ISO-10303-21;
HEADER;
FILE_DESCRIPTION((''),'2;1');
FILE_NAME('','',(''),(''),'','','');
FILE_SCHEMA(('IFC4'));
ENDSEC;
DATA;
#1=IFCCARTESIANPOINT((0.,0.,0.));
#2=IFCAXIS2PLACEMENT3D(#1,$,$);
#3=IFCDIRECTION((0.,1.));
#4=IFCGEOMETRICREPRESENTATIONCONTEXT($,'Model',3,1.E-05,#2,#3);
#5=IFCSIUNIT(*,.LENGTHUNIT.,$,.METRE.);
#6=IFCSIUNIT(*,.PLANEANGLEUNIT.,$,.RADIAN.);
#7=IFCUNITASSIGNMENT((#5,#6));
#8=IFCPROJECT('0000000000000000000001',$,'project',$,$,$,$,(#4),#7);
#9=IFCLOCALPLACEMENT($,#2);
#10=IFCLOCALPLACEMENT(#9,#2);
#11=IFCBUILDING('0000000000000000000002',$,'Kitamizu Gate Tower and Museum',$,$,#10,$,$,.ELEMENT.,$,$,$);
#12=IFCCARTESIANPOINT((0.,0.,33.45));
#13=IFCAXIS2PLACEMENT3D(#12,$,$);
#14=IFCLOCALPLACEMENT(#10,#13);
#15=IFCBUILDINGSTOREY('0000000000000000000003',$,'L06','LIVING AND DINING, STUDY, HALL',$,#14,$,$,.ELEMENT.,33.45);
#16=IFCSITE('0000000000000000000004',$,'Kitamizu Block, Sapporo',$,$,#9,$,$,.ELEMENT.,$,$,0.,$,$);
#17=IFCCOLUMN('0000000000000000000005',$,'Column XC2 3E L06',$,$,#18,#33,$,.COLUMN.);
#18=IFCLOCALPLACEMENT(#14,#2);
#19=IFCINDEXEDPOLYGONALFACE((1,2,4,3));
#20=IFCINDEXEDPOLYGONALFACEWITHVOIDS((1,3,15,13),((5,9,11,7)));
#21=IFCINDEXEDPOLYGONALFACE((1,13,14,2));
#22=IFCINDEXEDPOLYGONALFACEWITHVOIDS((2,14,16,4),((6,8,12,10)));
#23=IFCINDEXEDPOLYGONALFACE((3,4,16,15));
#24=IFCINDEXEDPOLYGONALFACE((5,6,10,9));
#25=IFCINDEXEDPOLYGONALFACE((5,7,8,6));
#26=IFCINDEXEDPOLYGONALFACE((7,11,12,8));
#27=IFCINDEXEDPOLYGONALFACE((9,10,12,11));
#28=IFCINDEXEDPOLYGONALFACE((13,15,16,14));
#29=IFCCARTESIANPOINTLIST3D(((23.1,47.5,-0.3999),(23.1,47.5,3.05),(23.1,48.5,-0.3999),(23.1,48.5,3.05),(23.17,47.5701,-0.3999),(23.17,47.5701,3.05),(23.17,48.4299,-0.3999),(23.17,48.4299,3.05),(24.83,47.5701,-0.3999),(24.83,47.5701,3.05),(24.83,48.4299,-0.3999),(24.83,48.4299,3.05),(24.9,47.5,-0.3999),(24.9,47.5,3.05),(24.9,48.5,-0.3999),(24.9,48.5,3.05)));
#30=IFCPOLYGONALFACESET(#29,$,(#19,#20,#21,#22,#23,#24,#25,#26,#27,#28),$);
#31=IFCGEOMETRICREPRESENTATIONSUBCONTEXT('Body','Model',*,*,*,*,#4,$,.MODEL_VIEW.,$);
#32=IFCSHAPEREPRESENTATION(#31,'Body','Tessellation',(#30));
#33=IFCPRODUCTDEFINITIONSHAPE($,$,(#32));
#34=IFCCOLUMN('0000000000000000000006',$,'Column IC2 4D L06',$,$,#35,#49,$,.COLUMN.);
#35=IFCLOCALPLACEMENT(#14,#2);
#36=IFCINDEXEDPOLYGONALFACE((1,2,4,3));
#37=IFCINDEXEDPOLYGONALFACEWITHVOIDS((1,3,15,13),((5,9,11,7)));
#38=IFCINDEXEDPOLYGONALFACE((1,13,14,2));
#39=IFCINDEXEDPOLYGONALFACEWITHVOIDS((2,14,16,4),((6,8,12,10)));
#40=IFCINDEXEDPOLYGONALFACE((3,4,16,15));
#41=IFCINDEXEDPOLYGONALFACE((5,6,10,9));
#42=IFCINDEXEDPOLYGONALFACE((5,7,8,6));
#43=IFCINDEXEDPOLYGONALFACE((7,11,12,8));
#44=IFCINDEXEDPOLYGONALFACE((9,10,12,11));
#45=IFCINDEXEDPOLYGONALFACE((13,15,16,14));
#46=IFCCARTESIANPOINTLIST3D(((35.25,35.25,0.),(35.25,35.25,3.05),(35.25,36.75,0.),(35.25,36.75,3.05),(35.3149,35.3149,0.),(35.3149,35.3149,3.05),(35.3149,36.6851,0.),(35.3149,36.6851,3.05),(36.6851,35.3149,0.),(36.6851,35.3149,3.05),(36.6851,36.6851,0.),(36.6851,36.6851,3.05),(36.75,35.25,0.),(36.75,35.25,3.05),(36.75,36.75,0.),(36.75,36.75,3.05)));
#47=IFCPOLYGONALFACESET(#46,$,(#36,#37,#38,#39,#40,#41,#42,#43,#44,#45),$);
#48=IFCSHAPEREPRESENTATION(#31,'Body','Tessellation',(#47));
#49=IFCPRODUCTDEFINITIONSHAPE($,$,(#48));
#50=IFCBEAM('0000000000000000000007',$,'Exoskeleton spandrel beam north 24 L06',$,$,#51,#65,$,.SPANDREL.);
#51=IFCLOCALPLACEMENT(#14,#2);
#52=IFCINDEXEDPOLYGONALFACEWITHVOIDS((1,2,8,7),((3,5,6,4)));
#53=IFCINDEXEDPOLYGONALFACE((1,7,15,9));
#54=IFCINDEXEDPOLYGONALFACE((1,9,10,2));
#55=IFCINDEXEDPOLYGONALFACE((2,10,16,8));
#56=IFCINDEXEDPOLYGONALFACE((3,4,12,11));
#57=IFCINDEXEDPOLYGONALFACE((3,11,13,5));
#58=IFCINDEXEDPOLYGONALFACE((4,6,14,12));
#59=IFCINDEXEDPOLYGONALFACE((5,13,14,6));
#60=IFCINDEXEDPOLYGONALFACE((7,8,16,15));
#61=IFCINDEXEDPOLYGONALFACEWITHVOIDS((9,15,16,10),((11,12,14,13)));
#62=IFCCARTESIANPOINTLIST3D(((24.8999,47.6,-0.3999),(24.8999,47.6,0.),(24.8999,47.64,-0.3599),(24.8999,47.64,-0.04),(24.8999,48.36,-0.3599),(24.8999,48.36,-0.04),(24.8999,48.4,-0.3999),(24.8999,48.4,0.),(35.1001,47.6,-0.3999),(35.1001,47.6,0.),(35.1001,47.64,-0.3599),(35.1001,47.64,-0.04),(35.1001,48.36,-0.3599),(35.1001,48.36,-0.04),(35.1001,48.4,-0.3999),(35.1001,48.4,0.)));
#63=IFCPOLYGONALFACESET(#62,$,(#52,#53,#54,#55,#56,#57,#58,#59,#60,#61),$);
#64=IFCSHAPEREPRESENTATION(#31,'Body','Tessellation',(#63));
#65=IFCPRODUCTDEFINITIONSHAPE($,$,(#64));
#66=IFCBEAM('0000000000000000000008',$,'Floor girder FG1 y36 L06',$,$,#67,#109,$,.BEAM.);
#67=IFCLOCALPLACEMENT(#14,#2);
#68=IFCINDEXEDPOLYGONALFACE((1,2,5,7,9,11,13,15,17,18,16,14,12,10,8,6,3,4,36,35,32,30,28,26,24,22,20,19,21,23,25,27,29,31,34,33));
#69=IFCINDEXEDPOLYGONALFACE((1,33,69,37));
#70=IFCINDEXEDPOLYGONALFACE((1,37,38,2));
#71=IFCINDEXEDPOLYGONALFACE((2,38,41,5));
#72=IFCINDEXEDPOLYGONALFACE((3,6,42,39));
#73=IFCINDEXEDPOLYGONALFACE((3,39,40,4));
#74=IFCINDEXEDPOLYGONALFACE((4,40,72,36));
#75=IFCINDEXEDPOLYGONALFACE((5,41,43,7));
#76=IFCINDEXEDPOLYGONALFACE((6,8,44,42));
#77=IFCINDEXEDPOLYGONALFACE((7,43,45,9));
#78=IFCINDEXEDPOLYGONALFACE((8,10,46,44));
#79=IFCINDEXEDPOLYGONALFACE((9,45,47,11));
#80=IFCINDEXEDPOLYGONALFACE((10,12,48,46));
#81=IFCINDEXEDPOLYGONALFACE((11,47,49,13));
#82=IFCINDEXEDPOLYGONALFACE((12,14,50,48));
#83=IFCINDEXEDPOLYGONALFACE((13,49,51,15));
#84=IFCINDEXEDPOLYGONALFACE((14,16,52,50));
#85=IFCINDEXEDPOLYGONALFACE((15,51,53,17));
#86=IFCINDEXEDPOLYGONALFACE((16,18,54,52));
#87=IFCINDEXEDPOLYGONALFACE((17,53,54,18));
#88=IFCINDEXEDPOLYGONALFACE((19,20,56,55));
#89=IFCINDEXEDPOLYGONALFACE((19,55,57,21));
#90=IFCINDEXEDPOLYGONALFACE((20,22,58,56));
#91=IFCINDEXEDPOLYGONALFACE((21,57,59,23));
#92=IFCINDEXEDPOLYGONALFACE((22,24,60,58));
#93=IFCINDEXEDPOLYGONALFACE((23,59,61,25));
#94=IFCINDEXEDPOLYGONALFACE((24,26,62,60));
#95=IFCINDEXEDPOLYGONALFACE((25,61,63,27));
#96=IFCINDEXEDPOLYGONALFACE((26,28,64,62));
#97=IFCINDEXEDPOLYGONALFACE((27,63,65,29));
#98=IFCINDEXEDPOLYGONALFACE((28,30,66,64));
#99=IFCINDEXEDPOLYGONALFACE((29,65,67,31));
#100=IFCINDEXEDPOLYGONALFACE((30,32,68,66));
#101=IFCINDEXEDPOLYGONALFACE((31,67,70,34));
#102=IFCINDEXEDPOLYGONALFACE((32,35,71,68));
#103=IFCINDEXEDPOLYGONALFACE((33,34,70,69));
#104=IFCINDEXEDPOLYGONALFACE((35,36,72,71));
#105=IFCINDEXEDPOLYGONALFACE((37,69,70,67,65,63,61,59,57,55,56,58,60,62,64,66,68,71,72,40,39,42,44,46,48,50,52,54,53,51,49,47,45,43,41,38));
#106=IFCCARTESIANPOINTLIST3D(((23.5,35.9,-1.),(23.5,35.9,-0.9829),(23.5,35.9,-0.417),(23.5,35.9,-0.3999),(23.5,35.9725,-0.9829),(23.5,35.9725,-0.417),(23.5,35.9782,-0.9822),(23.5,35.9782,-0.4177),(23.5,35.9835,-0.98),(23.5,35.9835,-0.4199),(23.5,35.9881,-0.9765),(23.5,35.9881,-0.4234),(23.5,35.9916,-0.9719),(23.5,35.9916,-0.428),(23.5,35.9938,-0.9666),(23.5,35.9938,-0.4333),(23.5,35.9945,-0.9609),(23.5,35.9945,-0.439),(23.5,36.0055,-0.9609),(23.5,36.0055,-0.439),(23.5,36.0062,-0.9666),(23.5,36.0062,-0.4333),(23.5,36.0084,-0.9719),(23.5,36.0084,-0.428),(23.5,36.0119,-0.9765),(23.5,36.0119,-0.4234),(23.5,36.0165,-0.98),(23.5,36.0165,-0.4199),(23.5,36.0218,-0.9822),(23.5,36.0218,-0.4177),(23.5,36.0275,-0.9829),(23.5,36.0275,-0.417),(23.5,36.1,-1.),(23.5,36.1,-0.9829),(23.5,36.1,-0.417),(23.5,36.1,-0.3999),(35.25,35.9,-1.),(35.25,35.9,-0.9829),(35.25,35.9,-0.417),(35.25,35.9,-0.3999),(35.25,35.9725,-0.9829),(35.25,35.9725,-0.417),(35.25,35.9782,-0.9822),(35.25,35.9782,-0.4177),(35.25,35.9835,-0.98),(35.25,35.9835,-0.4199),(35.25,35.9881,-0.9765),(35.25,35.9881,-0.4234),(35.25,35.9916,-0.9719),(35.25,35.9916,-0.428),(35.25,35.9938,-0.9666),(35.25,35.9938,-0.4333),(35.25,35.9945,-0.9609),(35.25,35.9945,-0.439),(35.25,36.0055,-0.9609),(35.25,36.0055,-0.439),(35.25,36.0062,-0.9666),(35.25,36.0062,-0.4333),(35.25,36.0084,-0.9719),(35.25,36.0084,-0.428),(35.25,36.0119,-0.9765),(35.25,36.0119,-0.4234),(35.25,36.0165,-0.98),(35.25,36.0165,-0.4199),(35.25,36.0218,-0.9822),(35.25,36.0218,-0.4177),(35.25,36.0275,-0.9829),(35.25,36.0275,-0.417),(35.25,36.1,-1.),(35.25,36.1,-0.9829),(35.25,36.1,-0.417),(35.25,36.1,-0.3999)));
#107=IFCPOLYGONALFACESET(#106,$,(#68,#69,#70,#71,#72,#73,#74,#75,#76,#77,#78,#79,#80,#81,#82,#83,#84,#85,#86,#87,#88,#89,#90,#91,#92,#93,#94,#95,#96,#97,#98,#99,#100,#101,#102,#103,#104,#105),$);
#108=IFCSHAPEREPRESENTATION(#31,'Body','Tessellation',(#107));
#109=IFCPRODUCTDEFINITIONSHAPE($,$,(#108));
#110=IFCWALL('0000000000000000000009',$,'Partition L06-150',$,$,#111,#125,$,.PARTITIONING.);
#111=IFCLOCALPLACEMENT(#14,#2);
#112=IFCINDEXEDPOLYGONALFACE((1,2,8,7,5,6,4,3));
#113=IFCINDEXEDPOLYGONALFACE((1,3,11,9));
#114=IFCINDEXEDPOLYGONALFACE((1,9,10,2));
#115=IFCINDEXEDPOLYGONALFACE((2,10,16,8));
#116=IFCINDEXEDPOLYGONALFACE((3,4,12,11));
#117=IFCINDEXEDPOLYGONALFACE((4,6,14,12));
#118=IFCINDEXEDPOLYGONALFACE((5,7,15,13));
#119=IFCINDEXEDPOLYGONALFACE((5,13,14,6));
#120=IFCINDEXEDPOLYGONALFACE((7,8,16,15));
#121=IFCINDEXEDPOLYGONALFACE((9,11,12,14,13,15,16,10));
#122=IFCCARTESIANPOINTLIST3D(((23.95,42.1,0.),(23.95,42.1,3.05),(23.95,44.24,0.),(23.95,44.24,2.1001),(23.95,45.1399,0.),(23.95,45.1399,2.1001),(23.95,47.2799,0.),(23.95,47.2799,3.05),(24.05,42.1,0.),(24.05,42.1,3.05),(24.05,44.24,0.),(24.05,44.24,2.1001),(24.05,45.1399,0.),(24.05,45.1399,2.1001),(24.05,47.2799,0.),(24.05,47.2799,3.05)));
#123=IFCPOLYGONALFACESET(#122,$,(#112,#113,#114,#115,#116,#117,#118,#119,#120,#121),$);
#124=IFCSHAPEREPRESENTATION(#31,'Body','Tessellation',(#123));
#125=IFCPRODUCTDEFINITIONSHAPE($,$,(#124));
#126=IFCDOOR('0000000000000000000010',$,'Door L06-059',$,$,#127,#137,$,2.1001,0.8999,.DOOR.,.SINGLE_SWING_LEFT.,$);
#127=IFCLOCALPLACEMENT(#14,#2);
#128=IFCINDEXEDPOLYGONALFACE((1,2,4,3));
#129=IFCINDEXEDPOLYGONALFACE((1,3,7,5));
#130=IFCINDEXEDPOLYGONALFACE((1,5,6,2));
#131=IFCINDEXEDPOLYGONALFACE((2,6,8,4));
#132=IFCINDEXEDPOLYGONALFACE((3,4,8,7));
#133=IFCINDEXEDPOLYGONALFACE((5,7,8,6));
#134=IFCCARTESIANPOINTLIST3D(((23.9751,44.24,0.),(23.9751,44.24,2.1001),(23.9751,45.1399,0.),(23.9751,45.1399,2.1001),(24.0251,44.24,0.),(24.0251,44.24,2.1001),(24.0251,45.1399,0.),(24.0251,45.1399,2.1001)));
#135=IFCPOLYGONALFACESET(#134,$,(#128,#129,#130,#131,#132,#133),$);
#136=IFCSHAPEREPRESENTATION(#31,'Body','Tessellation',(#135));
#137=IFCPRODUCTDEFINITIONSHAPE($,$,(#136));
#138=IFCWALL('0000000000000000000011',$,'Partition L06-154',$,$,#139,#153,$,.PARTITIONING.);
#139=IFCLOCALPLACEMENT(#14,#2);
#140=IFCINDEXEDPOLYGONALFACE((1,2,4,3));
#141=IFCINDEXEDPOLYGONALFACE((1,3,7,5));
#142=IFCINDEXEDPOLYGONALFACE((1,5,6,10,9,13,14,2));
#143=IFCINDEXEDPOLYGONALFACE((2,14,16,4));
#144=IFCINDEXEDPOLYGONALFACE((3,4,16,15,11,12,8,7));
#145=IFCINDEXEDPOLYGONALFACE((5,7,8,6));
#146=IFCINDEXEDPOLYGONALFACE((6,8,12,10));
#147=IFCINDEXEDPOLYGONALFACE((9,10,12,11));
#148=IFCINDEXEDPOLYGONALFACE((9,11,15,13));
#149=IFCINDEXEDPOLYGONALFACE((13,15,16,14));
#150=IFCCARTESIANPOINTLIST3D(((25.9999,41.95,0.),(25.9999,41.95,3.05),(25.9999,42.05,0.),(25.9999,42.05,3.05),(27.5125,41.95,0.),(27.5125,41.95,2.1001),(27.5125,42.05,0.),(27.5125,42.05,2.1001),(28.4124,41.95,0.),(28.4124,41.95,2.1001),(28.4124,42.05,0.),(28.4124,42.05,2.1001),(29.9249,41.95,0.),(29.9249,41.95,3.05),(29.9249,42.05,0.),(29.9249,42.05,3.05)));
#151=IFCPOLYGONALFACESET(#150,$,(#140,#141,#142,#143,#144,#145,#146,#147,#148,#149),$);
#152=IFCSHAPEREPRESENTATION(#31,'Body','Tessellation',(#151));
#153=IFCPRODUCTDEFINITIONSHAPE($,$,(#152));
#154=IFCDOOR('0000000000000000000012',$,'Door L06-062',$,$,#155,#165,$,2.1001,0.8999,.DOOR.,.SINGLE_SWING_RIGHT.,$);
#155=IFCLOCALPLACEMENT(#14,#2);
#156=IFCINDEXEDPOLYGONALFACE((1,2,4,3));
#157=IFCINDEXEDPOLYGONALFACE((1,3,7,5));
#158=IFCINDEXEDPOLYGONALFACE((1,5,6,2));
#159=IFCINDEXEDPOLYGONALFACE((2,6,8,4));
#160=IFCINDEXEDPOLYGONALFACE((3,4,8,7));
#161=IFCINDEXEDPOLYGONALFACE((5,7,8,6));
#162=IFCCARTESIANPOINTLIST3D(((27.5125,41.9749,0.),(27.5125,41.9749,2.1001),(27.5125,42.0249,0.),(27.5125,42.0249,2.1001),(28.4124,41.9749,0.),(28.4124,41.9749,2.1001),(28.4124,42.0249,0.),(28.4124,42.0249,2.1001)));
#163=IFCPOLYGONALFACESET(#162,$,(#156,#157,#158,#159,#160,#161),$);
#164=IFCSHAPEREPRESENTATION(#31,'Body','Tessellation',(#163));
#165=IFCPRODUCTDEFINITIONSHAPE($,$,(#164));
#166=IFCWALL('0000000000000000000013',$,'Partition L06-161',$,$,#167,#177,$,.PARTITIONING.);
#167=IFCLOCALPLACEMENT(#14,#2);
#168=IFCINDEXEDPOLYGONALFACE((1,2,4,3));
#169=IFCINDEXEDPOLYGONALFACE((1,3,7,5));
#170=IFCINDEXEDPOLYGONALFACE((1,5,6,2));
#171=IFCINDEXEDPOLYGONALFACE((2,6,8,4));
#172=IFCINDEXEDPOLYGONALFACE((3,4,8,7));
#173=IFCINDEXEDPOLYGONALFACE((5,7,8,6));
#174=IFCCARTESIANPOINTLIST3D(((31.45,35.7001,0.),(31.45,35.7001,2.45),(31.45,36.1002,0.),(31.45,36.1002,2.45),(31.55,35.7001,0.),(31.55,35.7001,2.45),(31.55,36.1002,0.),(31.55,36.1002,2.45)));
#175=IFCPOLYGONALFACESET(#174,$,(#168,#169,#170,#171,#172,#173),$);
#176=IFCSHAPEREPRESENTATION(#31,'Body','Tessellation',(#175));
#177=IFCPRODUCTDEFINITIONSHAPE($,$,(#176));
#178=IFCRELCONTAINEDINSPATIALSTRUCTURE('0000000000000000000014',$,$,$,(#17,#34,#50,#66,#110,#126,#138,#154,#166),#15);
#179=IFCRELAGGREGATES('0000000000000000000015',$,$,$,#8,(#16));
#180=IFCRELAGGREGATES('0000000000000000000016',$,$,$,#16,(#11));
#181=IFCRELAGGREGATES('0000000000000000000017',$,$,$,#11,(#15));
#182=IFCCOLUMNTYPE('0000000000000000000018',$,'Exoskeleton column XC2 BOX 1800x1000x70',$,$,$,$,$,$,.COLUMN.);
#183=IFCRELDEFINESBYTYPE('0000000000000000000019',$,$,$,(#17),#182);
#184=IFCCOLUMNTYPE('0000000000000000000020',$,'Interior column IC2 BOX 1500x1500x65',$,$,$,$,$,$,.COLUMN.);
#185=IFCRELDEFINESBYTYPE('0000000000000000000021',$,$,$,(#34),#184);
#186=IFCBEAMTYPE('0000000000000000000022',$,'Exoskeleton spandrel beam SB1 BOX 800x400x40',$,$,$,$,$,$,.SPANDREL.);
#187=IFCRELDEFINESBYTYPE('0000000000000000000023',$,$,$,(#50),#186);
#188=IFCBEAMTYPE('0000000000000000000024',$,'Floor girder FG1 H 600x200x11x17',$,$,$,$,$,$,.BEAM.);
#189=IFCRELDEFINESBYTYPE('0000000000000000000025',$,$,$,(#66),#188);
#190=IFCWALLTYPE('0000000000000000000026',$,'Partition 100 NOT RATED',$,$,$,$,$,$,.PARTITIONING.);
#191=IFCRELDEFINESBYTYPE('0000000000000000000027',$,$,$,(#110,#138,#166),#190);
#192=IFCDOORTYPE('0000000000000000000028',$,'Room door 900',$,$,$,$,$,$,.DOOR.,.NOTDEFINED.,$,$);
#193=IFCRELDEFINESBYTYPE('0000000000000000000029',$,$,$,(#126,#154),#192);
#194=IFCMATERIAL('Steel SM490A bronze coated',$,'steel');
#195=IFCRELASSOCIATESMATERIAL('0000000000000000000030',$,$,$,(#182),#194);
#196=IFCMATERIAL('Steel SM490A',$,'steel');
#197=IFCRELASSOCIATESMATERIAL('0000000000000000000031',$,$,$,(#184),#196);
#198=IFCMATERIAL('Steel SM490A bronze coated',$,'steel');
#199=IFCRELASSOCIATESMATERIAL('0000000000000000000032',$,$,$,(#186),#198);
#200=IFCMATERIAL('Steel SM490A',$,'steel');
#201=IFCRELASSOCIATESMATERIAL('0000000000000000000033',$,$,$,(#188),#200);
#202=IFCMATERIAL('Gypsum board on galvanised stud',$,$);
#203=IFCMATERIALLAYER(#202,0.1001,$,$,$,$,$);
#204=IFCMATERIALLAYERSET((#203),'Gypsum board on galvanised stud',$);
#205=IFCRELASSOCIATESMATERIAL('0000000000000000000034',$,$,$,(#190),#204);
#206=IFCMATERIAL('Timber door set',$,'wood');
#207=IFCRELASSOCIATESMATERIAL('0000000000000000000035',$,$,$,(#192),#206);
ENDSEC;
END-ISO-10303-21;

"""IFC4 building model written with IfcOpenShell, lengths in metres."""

from ifc_helpers import new_model, si_unit, direction, frame, frame_2d, origin, origin_2d, place, context, subcontext, project, spatial, rectangle, hollow_rectangle, i_section, extrude, material, layer, layer_set, material_profile, profile_set, type_object, element, fill, save


model = new_model("IFC4")

# Units and contexts
model_context = context("Model", 3, precision=1e-05, world=origin(), true_north=direction((0.0, 1.0)))
body_context = subcontext(model_context, "Body", "Model", "MODEL_VIEW")
ifc_project = project(units=[si_unit("LENGTHUNIT", "METRE"), si_unit("PLANEANGLEUNIT", "RADIAN")], contexts=[model_context])

# Site, building, storey
site_placement = place(None, origin())
site = spatial("IfcSite", under=ifc_project, at=site_placement, Name="Kitamizu Block, Sapporo", CompositionType="ELEMENT", RefElevation=0.0)
building_placement = place(site_placement, origin())
building = spatial("IfcBuilding", under=site, at=building_placement, Name="Kitamizu Gate Tower and Museum", CompositionType="ELEMENT")
storey_placement = place(building_placement, frame((0.0, 0.0, 33.45)))
storey = spatial("IfcBuildingStorey", under=building, at=storey_placement, Name="L06", Description="LIVING AND DINING, STUDY, HALL", CompositionType="ELEMENT", Elevation=33.45)

# Columns
ifc_material_1 = material(Name="Steel SM490A bronze coated", Category="steel")
ifc_material_profile_1 = material_profile(ifc_material_1, hollow_rectangle(XDim=1.8, YDim=1.0, WallThickness=0.0701, at=origin_2d()), Name="BOX 1800x1000x70")
ifc_profile_set_1 = profile_set([ifc_material_profile_1], Name="Steel SM490A bronze coated")
column_type_1 = type_object("IfcColumnType", Name="Exoskeleton column XC2 BOX 1800x1000x70", PredefinedType="COLUMN", material=ifc_profile_set_1)
column_1_placement = place(storey_placement, frame((24.0, 48.0, -0.3999), z_axis=(0.0, 0.0, 1.0), x_axis=(1.0, 0.0, 0.0)))
element("IfcColumn", 1, at=column_1_placement, inside=storey, type_object=column_type_1, Name="Column XC2 3E L06", PredefinedType="COLUMN", context=body_context, shape_type="SweptSolid", body=[
    extrude(hollow_rectangle(XDim=1.8, YDim=1.0, WallThickness=0.0701, at=origin_2d()), origin(), (0.0, 0.0, 1.0), 3.45),
])
ifc_material_2 = material(Name="Steel SM490A", Category="steel")
ifc_material_profile_2 = material_profile(ifc_material_2, hollow_rectangle(XDim=1.5, YDim=1.5, WallThickness=0.0649, at=origin_2d()), Name="BOX 1500x1500x65")
ifc_profile_set_2 = profile_set([ifc_material_profile_2], Name="Steel SM490A")
column_type_2 = type_object("IfcColumnType", Name="Interior column IC2 BOX 1500x1500x65", PredefinedType="COLUMN", material=ifc_profile_set_2)
column_2_placement = place(storey_placement, frame((36.0, 36.0, 0.0), z_axis=(0.0, 0.0, 1.0), x_axis=(1.0, 0.0, 0.0)))
element("IfcColumn", 2, at=column_2_placement, inside=storey, type_object=column_type_2, Name="Column IC2 4D L06", PredefinedType="COLUMN", context=body_context, shape_type="SweptSolid", body=[
    extrude(hollow_rectangle(XDim=1.5, YDim=1.5, WallThickness=0.0649, at=origin_2d()), origin(), (0.0, 0.0, 1.0), 3.05),
])

# Beams
ifc_material_3 = material(Name="Steel SM490A bronze coated", Category="steel")
ifc_material_profile_3 = material_profile(ifc_material_3, hollow_rectangle(XDim=0.8, YDim=0.3999, WallThickness=0.04, at=origin_2d()), Name="BOX 800x400x40")
ifc_profile_set_3 = profile_set([ifc_material_profile_3], Name="Steel SM490A bronze coated")
beam_type_1 = type_object("IfcBeamType", Name="Exoskeleton spandrel beam SB1 BOX 800x400x40", PredefinedType="SPANDREL", material=ifc_profile_set_3)
beam_1_placement = place(storey_placement, frame((24.8999, 48.0, -0.2), z_axis=(1.0, 0.0, 0.0), x_axis=(0.0, 1.0, 0.0)))
element("IfcBeam", 3, at=beam_1_placement, inside=storey, type_object=beam_type_1, Name="Exoskeleton spandrel beam north 24 L06", PredefinedType="SPANDREL", context=body_context, shape_type="SweptSolid", body=[
    extrude(hollow_rectangle(XDim=0.8, YDim=0.3999, WallThickness=0.04, at=origin_2d()), origin(), (0.0, 0.0, 1.0), 10.2002),
])
ifc_material_4 = material(Name="Steel SM490A", Category="steel")
ifc_material_profile_4 = material_profile(ifc_material_4, i_section(OverallWidth=0.2, OverallDepth=0.6001, WebThickness=0.011, FlangeThickness=0.0171, FilletRadius=0.022, at=origin_2d()), Name="H-600x200x11x17")
ifc_profile_set_4 = profile_set([ifc_material_profile_4], Name="Steel SM490A")
beam_type_2 = type_object("IfcBeamType", Name="Floor girder FG1 H 600x200x11x17", PredefinedType="BEAM", material=ifc_profile_set_4)
beam_2_placement = place(storey_placement, frame((23.5, 36.0, -0.7), z_axis=(1.0, 0.0, 0.0), x_axis=(0.0, 1.0, 0.0)))
element("IfcBeam", 4, at=beam_2_placement, inside=storey, type_object=beam_type_2, Name="Floor girder FG1 y36 L06", PredefinedType="BEAM", context=body_context, shape_type="SweptSolid", body=[
    extrude(i_section(OverallWidth=0.2, OverallDepth=0.6001, WebThickness=0.011, FlangeThickness=0.0171, FilletRadius=0.022, at=origin_2d()), origin(), (0.0, 0.0, 1.0), 11.75),
])

# Walls, openings, doors
ifc_material_5 = material(Name="Gypsum board on galvanised stud")
ifc_layer_1 = layer(ifc_material_5, 0.1001)
ifc_layer_set_1 = layer_set([ifc_layer_1], Name="Gypsum board on galvanised stud")
wall_type_1 = type_object("IfcWallType", Name="Partition 100 NOT RATED", PredefinedType="PARTITIONING", material=ifc_layer_set_1)
wall_1_placement = place(storey_placement, frame((24.0, 42.1001, 0.0), z_axis=(0.0, 0.0, 1.0), x_axis=(0.0, 1.0, 0.0)))
wall_1 = element("IfcWall", 5, at=wall_1_placement, inside=storey, type_object=wall_type_1, Name="Partition L06-150", PredefinedType="PARTITIONING", context=body_context, shape_type="SweptSolid", body=[
    extrude(rectangle(XDim=5.1799, YDim=0.1001, at=frame_2d((2.5898, 0.0))), origin(), (0.0, 0.0, 1.0), 3.05),
])
opening_1_placement = place(wall_1_placement, frame((2.1399, 0.0, 0.0)))
opening_1 = element("IfcOpeningElement", 6, at=opening_1_placement, cuts=wall_1, PredefinedType="OPENING", context=body_context, shape_type="SweptSolid", body=[
    extrude(rectangle(XDim=0.8999, YDim=2.1001, at=frame_2d((0.45, 1.05))), frame((0.0, 0.0601, 0.0), z_axis=(0.0, -1.0, 0.0), x_axis=(1.0, 0.0, 0.0)), (0.0, 0.0, 1.0), 0.1201),
])
ifc_material_6 = material(Name="Timber door set", Category="wood")
door_type_1 = type_object("IfcDoorType", Name="Room door 900", OperationType="NOTDEFINED", PredefinedType="DOOR", material=ifc_material_6)
door_1_placement = place(opening_1_placement, origin())
door_1 = element("IfcDoor", 7, at=door_1_placement, inside=storey, type_object=door_type_1, Name="Door L06-059", OperationType="SINGLE_SWING_LEFT", OverallHeight=2.1001, OverallWidth=0.8999, PredefinedType="DOOR", context=body_context, shape_type="SweptSolid", body=[
    extrude(rectangle(XDim=0.8999, YDim=2.1001, at=frame_2d((0.45, 1.05))), frame((0.0, 0.0249, 0.0), z_axis=(0.0, -1.0, 0.0), x_axis=(1.0, 0.0, 0.0)), (0.0, 0.0, 1.0), 0.05),
])
fill(opening_1, door_1)
wall_2_placement = place(storey_placement, frame((26.0, 42.0, 0.0), z_axis=(0.0, 0.0, 1.0), x_axis=(1.0, 0.0, 0.0)))
wall_2 = element("IfcWall", 8, at=wall_2_placement, inside=storey, type_object=wall_type_1, Name="Partition L06-154", PredefinedType="PARTITIONING", context=body_context, shape_type="SweptSolid", body=[
    extrude(rectangle(XDim=3.925, YDim=0.1001, at=frame_2d((1.9624, 0.0))), origin(), (0.0, 0.0, 1.0), 3.05),
])
opening_2_placement = place(wall_2_placement, frame((1.5125, 0.0, 0.0)))
opening_2 = element("IfcOpeningElement", 9, at=opening_2_placement, cuts=wall_2, PredefinedType="OPENING", context=body_context, shape_type="SweptSolid", body=[
    extrude(rectangle(XDim=0.8999, YDim=2.1001, at=frame_2d((0.45, 1.05))), frame((0.0, 0.0601, 0.0), z_axis=(0.0, -1.0, 0.0), x_axis=(1.0, 0.0, 0.0)), (0.0, 0.0, 1.0), 0.1201),
])
door_2_placement = place(opening_2_placement, origin())
door_2 = element("IfcDoor", 10, at=door_2_placement, inside=storey, type_object=door_type_1, Name="Door L06-062", OperationType="SINGLE_SWING_RIGHT", OverallHeight=2.1001, OverallWidth=0.8999, PredefinedType="DOOR", context=body_context, shape_type="SweptSolid", body=[
    extrude(rectangle(XDim=0.8999, YDim=2.1001, at=frame_2d((0.45, 1.05))), frame((0.0, 0.0249, 0.0), z_axis=(0.0, -1.0, 0.0), x_axis=(1.0, 0.0, 0.0)), (0.0, 0.0, 1.0), 0.05),
])
fill(opening_2, door_2)

# Wall
wall_3_placement = place(storey_placement, frame((31.5, 35.7, 0.0), z_axis=(0.0, 0.0, 1.0), x_axis=(0.0, 1.0, 0.0)))
element("IfcWall", 11, at=wall_3_placement, inside=storey, type_object=wall_type_1, Name="Partition L06-161", PredefinedType="PARTITIONING", context=body_context, shape_type="SweptSolid", body=[
    extrude(rectangle(XDim=0.4001, YDim=0.1001, at=frame_2d((0.2002, 0.0))), origin(), (0.0, 0.0, 1.0), 2.45),
])

save(model, "model.ifc")
